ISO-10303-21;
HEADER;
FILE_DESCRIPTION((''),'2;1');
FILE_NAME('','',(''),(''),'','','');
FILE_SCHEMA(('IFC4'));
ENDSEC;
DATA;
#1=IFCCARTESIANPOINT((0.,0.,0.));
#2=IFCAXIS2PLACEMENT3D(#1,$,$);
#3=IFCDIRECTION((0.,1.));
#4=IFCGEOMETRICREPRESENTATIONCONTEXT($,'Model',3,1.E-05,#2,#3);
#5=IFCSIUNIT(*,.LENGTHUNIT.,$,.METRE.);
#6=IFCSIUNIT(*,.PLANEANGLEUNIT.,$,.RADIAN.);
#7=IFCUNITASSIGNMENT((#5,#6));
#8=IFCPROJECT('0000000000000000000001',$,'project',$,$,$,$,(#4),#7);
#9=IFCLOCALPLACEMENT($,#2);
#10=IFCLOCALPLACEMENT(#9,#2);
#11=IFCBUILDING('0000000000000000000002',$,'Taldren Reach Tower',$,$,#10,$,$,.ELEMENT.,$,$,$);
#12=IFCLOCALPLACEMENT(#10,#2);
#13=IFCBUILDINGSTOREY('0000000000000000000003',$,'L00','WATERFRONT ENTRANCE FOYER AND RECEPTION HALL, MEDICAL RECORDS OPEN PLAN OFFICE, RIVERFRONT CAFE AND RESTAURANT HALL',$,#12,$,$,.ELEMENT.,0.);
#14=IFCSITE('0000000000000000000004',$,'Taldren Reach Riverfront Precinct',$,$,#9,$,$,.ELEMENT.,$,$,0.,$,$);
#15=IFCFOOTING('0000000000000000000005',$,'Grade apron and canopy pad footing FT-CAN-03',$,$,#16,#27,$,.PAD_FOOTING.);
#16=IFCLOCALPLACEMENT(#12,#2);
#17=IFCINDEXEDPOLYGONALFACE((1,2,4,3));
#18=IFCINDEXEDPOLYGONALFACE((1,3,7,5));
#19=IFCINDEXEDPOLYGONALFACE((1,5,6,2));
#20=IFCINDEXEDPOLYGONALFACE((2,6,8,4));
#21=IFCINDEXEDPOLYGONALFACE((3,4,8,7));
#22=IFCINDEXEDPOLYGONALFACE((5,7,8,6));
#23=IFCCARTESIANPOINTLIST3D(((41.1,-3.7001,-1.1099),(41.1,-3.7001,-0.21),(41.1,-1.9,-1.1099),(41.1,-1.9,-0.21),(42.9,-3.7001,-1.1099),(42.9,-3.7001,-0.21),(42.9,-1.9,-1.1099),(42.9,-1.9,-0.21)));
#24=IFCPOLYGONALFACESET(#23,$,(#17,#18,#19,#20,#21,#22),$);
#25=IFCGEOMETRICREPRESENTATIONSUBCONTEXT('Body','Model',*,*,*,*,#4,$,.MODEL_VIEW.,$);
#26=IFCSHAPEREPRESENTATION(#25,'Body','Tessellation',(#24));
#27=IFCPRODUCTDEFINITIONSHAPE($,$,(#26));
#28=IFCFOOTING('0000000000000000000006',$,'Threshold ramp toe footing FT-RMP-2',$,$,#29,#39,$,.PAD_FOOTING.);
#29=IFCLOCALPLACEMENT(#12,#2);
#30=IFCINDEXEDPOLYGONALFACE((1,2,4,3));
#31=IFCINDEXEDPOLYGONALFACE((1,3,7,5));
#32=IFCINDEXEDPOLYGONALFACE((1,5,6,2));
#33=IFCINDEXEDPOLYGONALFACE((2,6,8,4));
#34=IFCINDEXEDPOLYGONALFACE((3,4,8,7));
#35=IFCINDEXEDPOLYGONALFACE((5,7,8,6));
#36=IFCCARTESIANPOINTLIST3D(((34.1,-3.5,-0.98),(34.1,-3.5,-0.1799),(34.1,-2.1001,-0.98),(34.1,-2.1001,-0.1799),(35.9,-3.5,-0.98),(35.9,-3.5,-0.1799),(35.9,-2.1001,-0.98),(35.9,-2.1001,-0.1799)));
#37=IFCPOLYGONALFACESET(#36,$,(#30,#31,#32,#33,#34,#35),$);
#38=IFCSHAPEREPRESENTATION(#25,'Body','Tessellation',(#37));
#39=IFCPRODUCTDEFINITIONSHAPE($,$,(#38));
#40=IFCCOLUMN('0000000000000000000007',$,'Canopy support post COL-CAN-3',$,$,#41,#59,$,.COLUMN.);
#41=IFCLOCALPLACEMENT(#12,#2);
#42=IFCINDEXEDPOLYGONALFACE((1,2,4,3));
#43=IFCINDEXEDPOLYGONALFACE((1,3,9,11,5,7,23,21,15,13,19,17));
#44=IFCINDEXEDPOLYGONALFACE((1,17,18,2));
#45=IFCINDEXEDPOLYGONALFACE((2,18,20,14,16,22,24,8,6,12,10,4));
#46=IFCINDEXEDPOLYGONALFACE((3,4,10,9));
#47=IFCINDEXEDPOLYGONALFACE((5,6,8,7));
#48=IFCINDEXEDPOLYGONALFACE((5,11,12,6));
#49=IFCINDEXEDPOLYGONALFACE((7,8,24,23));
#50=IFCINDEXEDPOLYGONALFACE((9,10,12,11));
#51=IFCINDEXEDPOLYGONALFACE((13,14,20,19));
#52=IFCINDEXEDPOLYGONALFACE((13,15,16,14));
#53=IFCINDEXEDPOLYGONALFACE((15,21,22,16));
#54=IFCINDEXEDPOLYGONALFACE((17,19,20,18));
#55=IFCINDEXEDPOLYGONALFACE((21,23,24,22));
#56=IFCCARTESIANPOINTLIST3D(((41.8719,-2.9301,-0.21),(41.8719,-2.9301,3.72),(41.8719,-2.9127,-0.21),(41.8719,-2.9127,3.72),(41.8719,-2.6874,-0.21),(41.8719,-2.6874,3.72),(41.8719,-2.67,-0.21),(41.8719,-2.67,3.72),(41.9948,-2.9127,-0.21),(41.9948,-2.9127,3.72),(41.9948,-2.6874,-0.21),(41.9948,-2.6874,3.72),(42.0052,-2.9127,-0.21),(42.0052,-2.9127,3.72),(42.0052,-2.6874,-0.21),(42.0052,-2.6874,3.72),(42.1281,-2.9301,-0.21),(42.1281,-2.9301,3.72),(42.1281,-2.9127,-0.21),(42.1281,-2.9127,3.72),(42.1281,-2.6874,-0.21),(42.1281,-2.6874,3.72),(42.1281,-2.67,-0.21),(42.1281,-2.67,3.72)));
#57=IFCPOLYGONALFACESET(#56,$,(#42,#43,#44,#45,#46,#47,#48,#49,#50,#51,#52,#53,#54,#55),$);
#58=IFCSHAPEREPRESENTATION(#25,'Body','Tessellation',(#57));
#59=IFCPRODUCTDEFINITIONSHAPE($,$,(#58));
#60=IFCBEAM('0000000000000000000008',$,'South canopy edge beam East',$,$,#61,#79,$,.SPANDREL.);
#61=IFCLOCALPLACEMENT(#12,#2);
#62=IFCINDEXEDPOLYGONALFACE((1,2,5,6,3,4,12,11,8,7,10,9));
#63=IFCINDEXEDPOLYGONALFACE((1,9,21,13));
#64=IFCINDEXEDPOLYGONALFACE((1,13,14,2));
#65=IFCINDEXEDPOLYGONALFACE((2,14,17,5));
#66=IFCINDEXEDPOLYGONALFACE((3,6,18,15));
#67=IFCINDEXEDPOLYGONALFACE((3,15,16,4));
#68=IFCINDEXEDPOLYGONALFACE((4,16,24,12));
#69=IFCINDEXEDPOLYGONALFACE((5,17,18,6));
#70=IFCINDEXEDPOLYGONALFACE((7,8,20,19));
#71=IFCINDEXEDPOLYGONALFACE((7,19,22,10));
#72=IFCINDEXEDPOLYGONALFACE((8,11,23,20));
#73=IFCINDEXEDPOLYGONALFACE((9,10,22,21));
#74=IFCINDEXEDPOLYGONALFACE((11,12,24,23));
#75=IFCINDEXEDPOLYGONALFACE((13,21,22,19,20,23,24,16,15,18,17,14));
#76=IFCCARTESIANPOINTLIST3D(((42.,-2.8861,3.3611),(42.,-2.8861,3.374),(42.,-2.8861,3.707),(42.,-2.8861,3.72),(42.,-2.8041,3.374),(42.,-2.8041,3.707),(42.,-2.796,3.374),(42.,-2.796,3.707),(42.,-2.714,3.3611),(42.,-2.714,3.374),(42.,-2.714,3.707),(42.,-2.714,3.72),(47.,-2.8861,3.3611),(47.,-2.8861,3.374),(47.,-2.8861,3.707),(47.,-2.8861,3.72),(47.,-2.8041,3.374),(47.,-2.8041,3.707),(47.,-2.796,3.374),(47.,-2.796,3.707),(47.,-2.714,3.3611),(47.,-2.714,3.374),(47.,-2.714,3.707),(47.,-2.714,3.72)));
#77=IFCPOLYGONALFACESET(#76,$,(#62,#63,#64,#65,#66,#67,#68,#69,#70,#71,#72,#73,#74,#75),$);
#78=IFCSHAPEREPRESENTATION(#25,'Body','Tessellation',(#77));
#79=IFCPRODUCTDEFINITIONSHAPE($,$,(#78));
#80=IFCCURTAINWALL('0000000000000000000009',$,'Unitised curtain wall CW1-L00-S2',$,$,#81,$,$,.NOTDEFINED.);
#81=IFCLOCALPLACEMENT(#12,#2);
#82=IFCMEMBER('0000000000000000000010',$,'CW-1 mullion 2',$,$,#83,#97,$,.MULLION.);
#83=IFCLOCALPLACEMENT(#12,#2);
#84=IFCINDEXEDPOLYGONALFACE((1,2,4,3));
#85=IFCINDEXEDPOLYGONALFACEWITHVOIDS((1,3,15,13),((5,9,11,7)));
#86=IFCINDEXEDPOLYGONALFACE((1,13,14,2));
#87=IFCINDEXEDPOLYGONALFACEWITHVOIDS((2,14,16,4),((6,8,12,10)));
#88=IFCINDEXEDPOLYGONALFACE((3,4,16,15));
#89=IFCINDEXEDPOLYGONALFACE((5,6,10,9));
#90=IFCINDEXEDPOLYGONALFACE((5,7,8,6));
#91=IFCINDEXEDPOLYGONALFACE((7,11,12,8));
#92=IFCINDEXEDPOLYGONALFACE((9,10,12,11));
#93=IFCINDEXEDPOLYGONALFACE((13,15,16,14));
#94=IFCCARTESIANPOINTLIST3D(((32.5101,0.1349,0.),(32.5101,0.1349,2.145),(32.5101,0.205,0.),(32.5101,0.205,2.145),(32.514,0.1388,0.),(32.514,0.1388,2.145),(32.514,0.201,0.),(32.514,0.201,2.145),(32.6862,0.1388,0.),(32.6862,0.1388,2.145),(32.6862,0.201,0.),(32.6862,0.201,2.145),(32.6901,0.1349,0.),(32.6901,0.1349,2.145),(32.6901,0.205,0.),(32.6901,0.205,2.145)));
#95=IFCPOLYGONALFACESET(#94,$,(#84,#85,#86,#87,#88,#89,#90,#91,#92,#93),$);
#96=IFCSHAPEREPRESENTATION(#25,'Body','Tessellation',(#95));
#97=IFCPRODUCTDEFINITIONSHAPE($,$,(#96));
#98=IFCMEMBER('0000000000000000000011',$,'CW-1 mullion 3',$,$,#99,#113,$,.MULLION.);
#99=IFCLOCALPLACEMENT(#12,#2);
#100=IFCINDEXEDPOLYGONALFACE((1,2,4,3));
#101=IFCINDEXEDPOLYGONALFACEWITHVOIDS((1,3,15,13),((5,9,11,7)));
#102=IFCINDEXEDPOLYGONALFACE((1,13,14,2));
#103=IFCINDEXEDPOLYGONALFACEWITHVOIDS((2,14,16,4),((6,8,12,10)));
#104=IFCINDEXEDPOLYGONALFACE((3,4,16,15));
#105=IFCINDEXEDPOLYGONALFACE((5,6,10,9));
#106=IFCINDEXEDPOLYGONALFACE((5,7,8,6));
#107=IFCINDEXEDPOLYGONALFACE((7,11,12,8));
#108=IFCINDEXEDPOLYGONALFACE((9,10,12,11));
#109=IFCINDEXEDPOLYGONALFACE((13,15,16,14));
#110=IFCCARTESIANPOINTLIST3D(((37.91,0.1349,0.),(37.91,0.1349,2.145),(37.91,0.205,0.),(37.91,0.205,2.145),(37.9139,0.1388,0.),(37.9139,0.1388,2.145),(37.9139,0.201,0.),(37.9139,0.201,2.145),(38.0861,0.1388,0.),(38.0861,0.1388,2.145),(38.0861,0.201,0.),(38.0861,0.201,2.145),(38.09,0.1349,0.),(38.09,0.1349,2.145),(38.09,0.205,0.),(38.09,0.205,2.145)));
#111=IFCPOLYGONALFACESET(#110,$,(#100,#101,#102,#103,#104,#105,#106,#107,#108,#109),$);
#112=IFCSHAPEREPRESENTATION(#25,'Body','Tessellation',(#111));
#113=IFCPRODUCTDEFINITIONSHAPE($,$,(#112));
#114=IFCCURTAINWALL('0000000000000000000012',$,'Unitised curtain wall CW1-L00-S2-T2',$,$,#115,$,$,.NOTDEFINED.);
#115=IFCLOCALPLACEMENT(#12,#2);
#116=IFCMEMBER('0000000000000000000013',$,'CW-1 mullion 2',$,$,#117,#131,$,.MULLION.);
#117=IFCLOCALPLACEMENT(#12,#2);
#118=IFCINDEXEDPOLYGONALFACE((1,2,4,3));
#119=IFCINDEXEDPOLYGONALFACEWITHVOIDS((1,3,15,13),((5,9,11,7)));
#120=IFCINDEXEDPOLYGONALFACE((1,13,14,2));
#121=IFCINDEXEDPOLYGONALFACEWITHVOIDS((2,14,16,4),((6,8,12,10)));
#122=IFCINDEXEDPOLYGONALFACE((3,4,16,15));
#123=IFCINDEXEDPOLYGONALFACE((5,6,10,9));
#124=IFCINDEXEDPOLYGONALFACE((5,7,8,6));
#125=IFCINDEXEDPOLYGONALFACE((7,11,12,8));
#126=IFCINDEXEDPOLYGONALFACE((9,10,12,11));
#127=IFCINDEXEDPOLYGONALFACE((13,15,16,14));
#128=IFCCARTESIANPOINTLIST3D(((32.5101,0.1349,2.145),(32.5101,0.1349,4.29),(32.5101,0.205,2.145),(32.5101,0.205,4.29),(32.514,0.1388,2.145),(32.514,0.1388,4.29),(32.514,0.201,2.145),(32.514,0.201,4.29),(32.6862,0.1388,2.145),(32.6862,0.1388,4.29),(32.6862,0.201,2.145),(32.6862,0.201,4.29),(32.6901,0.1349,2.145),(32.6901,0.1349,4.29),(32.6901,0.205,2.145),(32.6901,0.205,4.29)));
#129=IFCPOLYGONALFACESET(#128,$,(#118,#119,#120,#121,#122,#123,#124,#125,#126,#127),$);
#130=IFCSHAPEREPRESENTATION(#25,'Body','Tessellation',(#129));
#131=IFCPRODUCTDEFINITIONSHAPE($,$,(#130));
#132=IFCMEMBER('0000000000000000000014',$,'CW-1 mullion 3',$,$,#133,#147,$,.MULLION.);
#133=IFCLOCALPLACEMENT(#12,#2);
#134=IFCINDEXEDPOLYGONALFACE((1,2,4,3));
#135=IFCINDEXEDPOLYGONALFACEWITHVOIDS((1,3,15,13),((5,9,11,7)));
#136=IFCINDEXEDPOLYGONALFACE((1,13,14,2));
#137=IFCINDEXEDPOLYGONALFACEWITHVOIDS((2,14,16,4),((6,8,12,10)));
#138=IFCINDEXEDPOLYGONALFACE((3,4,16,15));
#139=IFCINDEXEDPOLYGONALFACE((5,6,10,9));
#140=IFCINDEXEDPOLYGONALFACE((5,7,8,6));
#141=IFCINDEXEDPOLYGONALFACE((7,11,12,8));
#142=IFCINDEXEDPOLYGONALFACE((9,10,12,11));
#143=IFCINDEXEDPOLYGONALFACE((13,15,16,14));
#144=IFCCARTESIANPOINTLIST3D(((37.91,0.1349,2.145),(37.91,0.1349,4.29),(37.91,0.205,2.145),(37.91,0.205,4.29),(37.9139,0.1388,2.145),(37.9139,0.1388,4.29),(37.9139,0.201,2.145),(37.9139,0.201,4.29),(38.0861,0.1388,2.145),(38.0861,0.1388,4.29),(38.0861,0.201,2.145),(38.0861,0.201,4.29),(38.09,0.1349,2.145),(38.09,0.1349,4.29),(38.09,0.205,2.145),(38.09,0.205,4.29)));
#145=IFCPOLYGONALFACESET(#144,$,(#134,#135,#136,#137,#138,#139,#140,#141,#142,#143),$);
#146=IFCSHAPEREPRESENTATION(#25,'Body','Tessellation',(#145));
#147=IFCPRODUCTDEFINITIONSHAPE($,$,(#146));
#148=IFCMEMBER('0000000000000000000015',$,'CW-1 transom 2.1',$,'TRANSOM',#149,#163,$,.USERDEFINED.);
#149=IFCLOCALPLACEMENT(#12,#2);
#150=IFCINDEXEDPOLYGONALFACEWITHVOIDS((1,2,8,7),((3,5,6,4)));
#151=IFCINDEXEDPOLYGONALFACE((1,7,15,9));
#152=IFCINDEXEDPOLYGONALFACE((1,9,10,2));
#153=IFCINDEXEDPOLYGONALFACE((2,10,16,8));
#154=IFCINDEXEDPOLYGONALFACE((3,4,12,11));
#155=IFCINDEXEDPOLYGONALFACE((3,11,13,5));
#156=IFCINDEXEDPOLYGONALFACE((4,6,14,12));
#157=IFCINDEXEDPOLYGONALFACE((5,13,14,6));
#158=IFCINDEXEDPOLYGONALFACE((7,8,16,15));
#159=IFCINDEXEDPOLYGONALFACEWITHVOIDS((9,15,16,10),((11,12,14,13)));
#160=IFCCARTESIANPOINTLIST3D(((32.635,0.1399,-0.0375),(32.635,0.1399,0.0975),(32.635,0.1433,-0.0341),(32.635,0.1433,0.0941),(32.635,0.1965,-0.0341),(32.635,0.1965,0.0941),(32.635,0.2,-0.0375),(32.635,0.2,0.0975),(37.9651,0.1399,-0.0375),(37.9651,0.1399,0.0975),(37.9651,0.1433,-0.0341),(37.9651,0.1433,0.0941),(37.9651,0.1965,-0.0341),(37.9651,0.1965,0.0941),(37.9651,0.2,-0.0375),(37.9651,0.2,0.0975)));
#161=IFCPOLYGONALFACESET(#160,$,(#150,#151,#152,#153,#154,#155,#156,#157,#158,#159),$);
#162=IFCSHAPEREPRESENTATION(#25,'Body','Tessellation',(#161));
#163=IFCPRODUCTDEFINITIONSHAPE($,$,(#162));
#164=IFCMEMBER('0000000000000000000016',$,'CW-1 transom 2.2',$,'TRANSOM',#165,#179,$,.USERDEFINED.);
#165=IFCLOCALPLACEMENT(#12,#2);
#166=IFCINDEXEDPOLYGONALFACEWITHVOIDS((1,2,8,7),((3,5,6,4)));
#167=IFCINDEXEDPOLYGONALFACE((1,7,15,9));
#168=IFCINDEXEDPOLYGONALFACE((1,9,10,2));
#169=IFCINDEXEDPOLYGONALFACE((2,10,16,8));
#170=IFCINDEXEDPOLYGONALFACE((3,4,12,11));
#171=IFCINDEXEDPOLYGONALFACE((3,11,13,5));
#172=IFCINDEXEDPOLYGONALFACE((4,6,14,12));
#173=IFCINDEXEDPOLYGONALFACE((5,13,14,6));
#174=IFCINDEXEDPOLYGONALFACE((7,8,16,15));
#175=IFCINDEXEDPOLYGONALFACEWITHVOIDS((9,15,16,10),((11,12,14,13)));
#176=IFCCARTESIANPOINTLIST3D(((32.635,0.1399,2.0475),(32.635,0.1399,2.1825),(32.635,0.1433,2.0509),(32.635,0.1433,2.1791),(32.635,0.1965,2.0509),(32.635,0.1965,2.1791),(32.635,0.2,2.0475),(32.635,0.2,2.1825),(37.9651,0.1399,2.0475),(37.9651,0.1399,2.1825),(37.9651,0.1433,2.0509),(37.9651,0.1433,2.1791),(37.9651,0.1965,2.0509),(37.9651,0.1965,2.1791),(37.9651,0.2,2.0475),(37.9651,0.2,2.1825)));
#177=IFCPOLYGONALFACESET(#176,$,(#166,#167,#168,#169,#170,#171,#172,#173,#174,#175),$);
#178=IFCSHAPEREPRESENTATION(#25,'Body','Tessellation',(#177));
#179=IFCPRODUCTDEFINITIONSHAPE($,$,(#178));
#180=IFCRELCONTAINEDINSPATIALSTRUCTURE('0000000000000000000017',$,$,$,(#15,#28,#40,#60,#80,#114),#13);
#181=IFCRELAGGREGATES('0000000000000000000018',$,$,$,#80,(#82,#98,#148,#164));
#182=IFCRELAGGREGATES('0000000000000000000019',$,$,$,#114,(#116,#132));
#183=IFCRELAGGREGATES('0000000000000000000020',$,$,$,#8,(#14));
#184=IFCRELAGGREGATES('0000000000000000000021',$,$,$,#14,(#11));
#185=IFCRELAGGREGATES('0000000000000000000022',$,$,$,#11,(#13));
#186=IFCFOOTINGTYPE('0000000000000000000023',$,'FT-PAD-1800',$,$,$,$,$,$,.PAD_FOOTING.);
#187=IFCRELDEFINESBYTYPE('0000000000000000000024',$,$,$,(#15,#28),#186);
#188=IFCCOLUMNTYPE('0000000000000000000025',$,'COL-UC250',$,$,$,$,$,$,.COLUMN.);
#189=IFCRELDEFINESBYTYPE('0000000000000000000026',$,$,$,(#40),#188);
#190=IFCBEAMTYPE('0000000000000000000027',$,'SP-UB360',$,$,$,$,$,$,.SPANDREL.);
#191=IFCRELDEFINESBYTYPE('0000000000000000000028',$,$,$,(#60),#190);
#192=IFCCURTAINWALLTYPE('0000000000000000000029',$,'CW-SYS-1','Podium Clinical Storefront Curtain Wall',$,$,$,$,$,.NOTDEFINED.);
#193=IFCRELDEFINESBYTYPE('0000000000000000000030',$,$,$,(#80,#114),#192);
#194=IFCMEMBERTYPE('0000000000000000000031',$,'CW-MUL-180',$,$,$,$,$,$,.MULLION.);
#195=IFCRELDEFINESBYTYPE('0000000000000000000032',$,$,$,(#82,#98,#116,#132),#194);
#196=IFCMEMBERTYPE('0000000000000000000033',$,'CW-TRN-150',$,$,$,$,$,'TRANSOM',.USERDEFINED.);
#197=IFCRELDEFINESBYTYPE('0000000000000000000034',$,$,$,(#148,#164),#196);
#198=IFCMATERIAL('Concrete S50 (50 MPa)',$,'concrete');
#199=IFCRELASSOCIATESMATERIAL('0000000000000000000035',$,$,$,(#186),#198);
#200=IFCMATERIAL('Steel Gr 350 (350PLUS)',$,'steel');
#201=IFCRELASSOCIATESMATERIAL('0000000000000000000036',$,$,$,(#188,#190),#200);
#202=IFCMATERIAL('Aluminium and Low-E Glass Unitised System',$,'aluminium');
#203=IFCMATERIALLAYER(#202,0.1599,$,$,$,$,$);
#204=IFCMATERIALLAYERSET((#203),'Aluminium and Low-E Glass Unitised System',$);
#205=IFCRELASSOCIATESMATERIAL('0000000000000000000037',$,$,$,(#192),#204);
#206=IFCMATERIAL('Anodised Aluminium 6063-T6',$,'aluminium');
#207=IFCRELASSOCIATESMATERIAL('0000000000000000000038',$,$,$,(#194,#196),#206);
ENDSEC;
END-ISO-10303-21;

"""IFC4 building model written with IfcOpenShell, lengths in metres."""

from ifc_helpers import new_model, si_unit, direction, frame, origin, origin_2d, place, context, subcontext, project, spatial, rectangle, hollow_rectangle, i_section, extrude, source, transform, mapped, material, layer, layer_set, material_profile, profile_set, type_object, element, aggregate, save


model = new_model("IFC4")

# Units and contexts
model_context = context("Model", 3, precision=1e-05, world=origin(), true_north=direction((0.0, 1.0)))
body_context = subcontext(model_context, "Body", "Model", "MODEL_VIEW")
ifc_project = project(units=[si_unit("LENGTHUNIT", "METRE"), si_unit("PLANEANGLEUNIT", "RADIAN")], contexts=[model_context])

# Site, building, storey
site_placement = place(None, origin())
site = spatial("IfcSite", under=ifc_project, at=site_placement, Name="Taldren Reach Riverfront Precinct", CompositionType="ELEMENT", RefElevation=0.0)
building_placement = place(site_placement, origin())
building = spatial("IfcBuilding", under=site, at=building_placement, Name="Taldren Reach Tower", CompositionType="ELEMENT")
storey_placement = place(building_placement, origin())
storey = spatial("IfcBuildingStorey", under=building, at=storey_placement, Name="L00", Description="WATERFRONT ENTRANCE FOYER AND RECEPTION HALL, MEDICAL RECORDS OPEN PLAN OFFICE, RIVERFRONT CAFE AND RESTAURANT HALL", CompositionType="ELEMENT", Elevation=0.0)

# Footings
ifc_material_1 = material(Name="Concrete S50 (50 MPa)", Category="concrete")
footing_type = type_object("IfcFootingType", Name="FT-PAD-1800", PredefinedType="PAD_FOOTING", material=ifc_material_1)
shared_shape_1 = source(origin(), body_context, "Body", "SweptSolid", [
    extrude(rectangle(XDim=1.8, YDim=1.8, at=origin_2d()), origin(), (0.0, 0.0, 1.0), 0.8999),
])
footing_1_placement = place(storey_placement, frame((42.0, -2.8, -1.1099), z_axis=(0.0, 0.0, 1.0), x_axis=(1.0, 0.0, 0.0)))
element("IfcFooting", 1, at=footing_1_placement, inside=storey, type_object=footing_type, Name="Grade apron and canopy pad footing FT-CAN-03", PredefinedType="PAD_FOOTING", context=body_context, shape_type="MappedRepresentation", body=[
    mapped(shared_shape_1, transform((0.0, 0.0, 0.0), scale=1.0)),
])
shared_shape_2 = source(origin(), body_context, "Body", "SweptSolid", [
    extrude(rectangle(XDim=1.8, YDim=1.3999, at=origin_2d()), origin(), (0.0, 0.0, 1.0), 0.8),
])
footing_2_placement = place(storey_placement, frame((35.0, -2.8, -0.98), z_axis=(0.0, 0.0, 1.0), x_axis=(1.0, 0.0, 0.0)))
element("IfcFooting", 2, at=footing_2_placement, inside=storey, type_object=footing_type, Name="Threshold ramp toe footing FT-RMP-2", PredefinedType="PAD_FOOTING", context=body_context, shape_type="MappedRepresentation", body=[
    mapped(shared_shape_2, transform((0.0, 0.0, 0.0), scale=1.0)),
])

# Column
ifc_material_2 = material(Name="Steel Gr 350 (350PLUS)", Category="steel")
ifc_material_profile_1 = material_profile(ifc_material_2, i_section(OverallWidth=0.2561, OverallDepth=0.26, WebThickness=0.0105, FlangeThickness=0.0173, at=origin_2d()), Name="250UC89.5")
ifc_profile_set_1 = profile_set([ifc_material_profile_1], Name="Steel Gr 350 (350PLUS)")
column_type = type_object("IfcColumnType", Name="COL-UC250", PredefinedType="COLUMN", material=ifc_profile_set_1)
shared_shape_3 = source(origin(), body_context, "Body", "SweptSolid", [
    extrude(i_section(OverallWidth=0.2561, OverallDepth=0.26, WebThickness=0.0105, FlangeThickness=0.0173, at=origin_2d()), origin(), (0.0, 0.0, 1.0), 3.9299),
])
column_placement = place(storey_placement, frame((42.0, -2.8, -0.21), z_axis=(0.0, 0.0, 1.0), x_axis=(1.0, 0.0, 0.0)))
element("IfcColumn", 3, at=column_placement, inside=storey, type_object=column_type, Name="Canopy support post COL-CAN-3", PredefinedType="COLUMN", context=body_context, shape_type="MappedRepresentation", body=[
    mapped(shared_shape_3, transform((0.0, 0.0, 0.0), scale=1.0)),
])

# Beam
ifc_material_profile_2 = material_profile(ifc_material_2, i_section(OverallWidth=0.1721, OverallDepth=0.3589, WebThickness=0.0081, FlangeThickness=0.0129, at=origin_2d()), Name="360UB56.7")
ifc_profile_set_2 = profile_set([ifc_material_profile_2], Name="Steel Gr 350 (350PLUS)")
beam_type = type_object("IfcBeamType", Name="SP-UB360", PredefinedType="SPANDREL", material=ifc_profile_set_2)
shared_shape_4 = source(origin(), body_context, "Body", "SweptSolid", [
    extrude(i_section(OverallWidth=0.1721, OverallDepth=0.3589, WebThickness=0.0081, FlangeThickness=0.0129, at=origin_2d()), origin(), (0.0, 0.0, 1.0), 5.0),
])
beam_placement = place(storey_placement, frame((42.0, -2.8, 3.5405), z_axis=(1.0, 0.0, 0.0), x_axis=(0.0, 1.0, 0.0)))
element("IfcBeam", 4, at=beam_placement, inside=storey, type_object=beam_type, Name="South canopy edge beam East", PredefinedType="SPANDREL", context=body_context, shape_type="MappedRepresentation", body=[
    mapped(shared_shape_4, transform((0.0, 0.0, 0.0), scale=1.0)),
])

# Curtain walls, members
ifc_material_3 = material(Name="Aluminium and Low-E Glass Unitised System", Category="aluminium")
ifc_layer_1 = layer(ifc_material_3, 0.1599)
ifc_layer_set_1 = layer_set([ifc_layer_1], Name="Aluminium and Low-E Glass Unitised System")
curtain_wall_type = type_object("IfcCurtainWallType", Name="CW-SYS-1", Description="Podium Clinical Storefront Curtain Wall", PredefinedType="NOTDEFINED", material=ifc_layer_set_1)
curtain_wall_1_placement = place(storey_placement, origin())
curtain_wall_1 = element("IfcCurtainWall", 5, at=curtain_wall_1_placement, inside=storey, type_object=curtain_wall_type, Name="Unitised curtain wall CW1-L00-S2", PredefinedType="NOTDEFINED")
ifc_material_4 = material(Name="Anodised Aluminium 6063-T6", Category="aluminium")
ifc_material_profile_3 = material_profile(ifc_material_4, hollow_rectangle(XDim=0.0701, YDim=0.1799, WallThickness=0.0039, at=origin_2d()), Name="ALU-180x70x4RHS")
ifc_profile_set_3 = profile_set([ifc_material_profile_3], Name="Anodised Aluminium 6063-T6")
member_type_1 = type_object("IfcMemberType", Name="CW-MUL-180", PredefinedType="MULLION", material=ifc_profile_set_3)
shared_shape_5 = source(origin(), body_context, "Body", "SweptSolid", [
    extrude(hollow_rectangle(XDim=0.0701, YDim=0.1799, WallThickness=0.0039, at=origin_2d()), origin(), (0.0, 0.0, 1.0), 2.145),
])
member_1_placement = place(storey_placement, frame((32.6001, 0.1699, 0.0), z_axis=(0.0, 0.0, 1.0), x_axis=(0.0, 1.0, 0.0)))
member_1 = element("IfcMember", 6, at=member_1_placement, type_object=member_type_1, Name="CW-1 mullion 2", PredefinedType="MULLION", context=body_context, shape_type="MappedRepresentation", body=[
    mapped(shared_shape_5, transform((0.0, 0.0, 0.0), scale=1.0)),
])
member_2_placement = place(storey_placement, frame((38.0, 0.1699, 0.0), z_axis=(0.0, 0.0, 1.0), x_axis=(0.0, 1.0, 0.0)))
member_2 = element("IfcMember", 7, at=member_2_placement, type_object=member_type_1, Name="CW-1 mullion 3", PredefinedType="MULLION", context=body_context, shape_type="MappedRepresentation", body=[
    mapped(shared_shape_5, transform((0.0, 0.0, 0.0), scale=1.0)),
])
curtain_wall_2_placement = place(storey_placement, origin())
curtain_wall_2 = element("IfcCurtainWall", 8, at=curtain_wall_2_placement, inside=storey, type_object=curtain_wall_type, Name="Unitised curtain wall CW1-L00-S2-T2", PredefinedType="NOTDEFINED")
member_3_placement = place(storey_placement, frame((32.6001, 0.1699, 2.145), z_axis=(0.0, 0.0, 1.0), x_axis=(0.0, 1.0, 0.0)))
member_3 = element("IfcMember", 9, at=member_3_placement, type_object=member_type_1, Name="CW-1 mullion 2", PredefinedType="MULLION", context=body_context, shape_type="MappedRepresentation", body=[
    mapped(shared_shape_5, transform((0.0, 0.0, 0.0), scale=1.0)),
])
member_4_placement = place(storey_placement, frame((38.0, 0.1699, 2.145), z_axis=(0.0, 0.0, 1.0), x_axis=(0.0, 1.0, 0.0)))
member_4 = element("IfcMember", 10, at=member_4_placement, type_object=member_type_1, Name="CW-1 mullion 3", PredefinedType="MULLION", context=body_context, shape_type="MappedRepresentation", body=[
    mapped(shared_shape_5, transform((0.0, 0.0, 0.0), scale=1.0)),
])

# Members
ifc_material_profile_4 = material_profile(ifc_material_4, hollow_rectangle(XDim=0.0601, YDim=0.135, WallThickness=0.0034, at=origin_2d()), Name="ALU-135x60x3.5RHS")
ifc_profile_set_4 = profile_set([ifc_material_profile_4], Name="Anodised Aluminium 6063-T6")
member_type_2 = type_object("IfcMemberType", Name="CW-TRN-150", ElementType="TRANSOM", PredefinedType="USERDEFINED", material=ifc_profile_set_4)
shared_shape_6 = source(origin(), body_context, "Body", "SweptSolid", [
    extrude(hollow_rectangle(XDim=0.0601, YDim=0.135, WallThickness=0.0034, at=origin_2d()), origin(), (0.0, 0.0, 1.0), 5.3301),
])
member_5_placement = place(storey_placement, frame((32.635, 0.1699, 0.03), z_axis=(1.0, 0.0, 0.0), x_axis=(0.0, 1.0, 0.0)))
member_5 = element("IfcMember", 11, at=member_5_placement, type_object=member_type_2, Name="CW-1 transom 2.1", ObjectType="TRANSOM", PredefinedType="USERDEFINED", context=body_context, shape_type="MappedRepresentation", body=[
    mapped(shared_shape_6, transform((0.0, 0.0, 0.0), scale=1.0)),
])
member_6_placement = place(storey_placement, frame((32.635, 0.1699, 2.115), z_axis=(1.0, 0.0, 0.0), x_axis=(0.0, 1.0, 0.0)))
member_6 = element("IfcMember", 12, at=member_6_placement, type_object=member_type_2, Name="CW-1 transom 2.2", ObjectType="TRANSOM", PredefinedType="USERDEFINED", context=body_context, shape_type="MappedRepresentation", body=[
    mapped(shared_shape_6, transform((0.0, 0.0, 0.0), scale=1.0)),
])

aggregate(curtain_wall_1, [member_1, member_2, member_5, member_6])
aggregate(curtain_wall_2, [member_3, member_4])

save(model, "model.ifc")
